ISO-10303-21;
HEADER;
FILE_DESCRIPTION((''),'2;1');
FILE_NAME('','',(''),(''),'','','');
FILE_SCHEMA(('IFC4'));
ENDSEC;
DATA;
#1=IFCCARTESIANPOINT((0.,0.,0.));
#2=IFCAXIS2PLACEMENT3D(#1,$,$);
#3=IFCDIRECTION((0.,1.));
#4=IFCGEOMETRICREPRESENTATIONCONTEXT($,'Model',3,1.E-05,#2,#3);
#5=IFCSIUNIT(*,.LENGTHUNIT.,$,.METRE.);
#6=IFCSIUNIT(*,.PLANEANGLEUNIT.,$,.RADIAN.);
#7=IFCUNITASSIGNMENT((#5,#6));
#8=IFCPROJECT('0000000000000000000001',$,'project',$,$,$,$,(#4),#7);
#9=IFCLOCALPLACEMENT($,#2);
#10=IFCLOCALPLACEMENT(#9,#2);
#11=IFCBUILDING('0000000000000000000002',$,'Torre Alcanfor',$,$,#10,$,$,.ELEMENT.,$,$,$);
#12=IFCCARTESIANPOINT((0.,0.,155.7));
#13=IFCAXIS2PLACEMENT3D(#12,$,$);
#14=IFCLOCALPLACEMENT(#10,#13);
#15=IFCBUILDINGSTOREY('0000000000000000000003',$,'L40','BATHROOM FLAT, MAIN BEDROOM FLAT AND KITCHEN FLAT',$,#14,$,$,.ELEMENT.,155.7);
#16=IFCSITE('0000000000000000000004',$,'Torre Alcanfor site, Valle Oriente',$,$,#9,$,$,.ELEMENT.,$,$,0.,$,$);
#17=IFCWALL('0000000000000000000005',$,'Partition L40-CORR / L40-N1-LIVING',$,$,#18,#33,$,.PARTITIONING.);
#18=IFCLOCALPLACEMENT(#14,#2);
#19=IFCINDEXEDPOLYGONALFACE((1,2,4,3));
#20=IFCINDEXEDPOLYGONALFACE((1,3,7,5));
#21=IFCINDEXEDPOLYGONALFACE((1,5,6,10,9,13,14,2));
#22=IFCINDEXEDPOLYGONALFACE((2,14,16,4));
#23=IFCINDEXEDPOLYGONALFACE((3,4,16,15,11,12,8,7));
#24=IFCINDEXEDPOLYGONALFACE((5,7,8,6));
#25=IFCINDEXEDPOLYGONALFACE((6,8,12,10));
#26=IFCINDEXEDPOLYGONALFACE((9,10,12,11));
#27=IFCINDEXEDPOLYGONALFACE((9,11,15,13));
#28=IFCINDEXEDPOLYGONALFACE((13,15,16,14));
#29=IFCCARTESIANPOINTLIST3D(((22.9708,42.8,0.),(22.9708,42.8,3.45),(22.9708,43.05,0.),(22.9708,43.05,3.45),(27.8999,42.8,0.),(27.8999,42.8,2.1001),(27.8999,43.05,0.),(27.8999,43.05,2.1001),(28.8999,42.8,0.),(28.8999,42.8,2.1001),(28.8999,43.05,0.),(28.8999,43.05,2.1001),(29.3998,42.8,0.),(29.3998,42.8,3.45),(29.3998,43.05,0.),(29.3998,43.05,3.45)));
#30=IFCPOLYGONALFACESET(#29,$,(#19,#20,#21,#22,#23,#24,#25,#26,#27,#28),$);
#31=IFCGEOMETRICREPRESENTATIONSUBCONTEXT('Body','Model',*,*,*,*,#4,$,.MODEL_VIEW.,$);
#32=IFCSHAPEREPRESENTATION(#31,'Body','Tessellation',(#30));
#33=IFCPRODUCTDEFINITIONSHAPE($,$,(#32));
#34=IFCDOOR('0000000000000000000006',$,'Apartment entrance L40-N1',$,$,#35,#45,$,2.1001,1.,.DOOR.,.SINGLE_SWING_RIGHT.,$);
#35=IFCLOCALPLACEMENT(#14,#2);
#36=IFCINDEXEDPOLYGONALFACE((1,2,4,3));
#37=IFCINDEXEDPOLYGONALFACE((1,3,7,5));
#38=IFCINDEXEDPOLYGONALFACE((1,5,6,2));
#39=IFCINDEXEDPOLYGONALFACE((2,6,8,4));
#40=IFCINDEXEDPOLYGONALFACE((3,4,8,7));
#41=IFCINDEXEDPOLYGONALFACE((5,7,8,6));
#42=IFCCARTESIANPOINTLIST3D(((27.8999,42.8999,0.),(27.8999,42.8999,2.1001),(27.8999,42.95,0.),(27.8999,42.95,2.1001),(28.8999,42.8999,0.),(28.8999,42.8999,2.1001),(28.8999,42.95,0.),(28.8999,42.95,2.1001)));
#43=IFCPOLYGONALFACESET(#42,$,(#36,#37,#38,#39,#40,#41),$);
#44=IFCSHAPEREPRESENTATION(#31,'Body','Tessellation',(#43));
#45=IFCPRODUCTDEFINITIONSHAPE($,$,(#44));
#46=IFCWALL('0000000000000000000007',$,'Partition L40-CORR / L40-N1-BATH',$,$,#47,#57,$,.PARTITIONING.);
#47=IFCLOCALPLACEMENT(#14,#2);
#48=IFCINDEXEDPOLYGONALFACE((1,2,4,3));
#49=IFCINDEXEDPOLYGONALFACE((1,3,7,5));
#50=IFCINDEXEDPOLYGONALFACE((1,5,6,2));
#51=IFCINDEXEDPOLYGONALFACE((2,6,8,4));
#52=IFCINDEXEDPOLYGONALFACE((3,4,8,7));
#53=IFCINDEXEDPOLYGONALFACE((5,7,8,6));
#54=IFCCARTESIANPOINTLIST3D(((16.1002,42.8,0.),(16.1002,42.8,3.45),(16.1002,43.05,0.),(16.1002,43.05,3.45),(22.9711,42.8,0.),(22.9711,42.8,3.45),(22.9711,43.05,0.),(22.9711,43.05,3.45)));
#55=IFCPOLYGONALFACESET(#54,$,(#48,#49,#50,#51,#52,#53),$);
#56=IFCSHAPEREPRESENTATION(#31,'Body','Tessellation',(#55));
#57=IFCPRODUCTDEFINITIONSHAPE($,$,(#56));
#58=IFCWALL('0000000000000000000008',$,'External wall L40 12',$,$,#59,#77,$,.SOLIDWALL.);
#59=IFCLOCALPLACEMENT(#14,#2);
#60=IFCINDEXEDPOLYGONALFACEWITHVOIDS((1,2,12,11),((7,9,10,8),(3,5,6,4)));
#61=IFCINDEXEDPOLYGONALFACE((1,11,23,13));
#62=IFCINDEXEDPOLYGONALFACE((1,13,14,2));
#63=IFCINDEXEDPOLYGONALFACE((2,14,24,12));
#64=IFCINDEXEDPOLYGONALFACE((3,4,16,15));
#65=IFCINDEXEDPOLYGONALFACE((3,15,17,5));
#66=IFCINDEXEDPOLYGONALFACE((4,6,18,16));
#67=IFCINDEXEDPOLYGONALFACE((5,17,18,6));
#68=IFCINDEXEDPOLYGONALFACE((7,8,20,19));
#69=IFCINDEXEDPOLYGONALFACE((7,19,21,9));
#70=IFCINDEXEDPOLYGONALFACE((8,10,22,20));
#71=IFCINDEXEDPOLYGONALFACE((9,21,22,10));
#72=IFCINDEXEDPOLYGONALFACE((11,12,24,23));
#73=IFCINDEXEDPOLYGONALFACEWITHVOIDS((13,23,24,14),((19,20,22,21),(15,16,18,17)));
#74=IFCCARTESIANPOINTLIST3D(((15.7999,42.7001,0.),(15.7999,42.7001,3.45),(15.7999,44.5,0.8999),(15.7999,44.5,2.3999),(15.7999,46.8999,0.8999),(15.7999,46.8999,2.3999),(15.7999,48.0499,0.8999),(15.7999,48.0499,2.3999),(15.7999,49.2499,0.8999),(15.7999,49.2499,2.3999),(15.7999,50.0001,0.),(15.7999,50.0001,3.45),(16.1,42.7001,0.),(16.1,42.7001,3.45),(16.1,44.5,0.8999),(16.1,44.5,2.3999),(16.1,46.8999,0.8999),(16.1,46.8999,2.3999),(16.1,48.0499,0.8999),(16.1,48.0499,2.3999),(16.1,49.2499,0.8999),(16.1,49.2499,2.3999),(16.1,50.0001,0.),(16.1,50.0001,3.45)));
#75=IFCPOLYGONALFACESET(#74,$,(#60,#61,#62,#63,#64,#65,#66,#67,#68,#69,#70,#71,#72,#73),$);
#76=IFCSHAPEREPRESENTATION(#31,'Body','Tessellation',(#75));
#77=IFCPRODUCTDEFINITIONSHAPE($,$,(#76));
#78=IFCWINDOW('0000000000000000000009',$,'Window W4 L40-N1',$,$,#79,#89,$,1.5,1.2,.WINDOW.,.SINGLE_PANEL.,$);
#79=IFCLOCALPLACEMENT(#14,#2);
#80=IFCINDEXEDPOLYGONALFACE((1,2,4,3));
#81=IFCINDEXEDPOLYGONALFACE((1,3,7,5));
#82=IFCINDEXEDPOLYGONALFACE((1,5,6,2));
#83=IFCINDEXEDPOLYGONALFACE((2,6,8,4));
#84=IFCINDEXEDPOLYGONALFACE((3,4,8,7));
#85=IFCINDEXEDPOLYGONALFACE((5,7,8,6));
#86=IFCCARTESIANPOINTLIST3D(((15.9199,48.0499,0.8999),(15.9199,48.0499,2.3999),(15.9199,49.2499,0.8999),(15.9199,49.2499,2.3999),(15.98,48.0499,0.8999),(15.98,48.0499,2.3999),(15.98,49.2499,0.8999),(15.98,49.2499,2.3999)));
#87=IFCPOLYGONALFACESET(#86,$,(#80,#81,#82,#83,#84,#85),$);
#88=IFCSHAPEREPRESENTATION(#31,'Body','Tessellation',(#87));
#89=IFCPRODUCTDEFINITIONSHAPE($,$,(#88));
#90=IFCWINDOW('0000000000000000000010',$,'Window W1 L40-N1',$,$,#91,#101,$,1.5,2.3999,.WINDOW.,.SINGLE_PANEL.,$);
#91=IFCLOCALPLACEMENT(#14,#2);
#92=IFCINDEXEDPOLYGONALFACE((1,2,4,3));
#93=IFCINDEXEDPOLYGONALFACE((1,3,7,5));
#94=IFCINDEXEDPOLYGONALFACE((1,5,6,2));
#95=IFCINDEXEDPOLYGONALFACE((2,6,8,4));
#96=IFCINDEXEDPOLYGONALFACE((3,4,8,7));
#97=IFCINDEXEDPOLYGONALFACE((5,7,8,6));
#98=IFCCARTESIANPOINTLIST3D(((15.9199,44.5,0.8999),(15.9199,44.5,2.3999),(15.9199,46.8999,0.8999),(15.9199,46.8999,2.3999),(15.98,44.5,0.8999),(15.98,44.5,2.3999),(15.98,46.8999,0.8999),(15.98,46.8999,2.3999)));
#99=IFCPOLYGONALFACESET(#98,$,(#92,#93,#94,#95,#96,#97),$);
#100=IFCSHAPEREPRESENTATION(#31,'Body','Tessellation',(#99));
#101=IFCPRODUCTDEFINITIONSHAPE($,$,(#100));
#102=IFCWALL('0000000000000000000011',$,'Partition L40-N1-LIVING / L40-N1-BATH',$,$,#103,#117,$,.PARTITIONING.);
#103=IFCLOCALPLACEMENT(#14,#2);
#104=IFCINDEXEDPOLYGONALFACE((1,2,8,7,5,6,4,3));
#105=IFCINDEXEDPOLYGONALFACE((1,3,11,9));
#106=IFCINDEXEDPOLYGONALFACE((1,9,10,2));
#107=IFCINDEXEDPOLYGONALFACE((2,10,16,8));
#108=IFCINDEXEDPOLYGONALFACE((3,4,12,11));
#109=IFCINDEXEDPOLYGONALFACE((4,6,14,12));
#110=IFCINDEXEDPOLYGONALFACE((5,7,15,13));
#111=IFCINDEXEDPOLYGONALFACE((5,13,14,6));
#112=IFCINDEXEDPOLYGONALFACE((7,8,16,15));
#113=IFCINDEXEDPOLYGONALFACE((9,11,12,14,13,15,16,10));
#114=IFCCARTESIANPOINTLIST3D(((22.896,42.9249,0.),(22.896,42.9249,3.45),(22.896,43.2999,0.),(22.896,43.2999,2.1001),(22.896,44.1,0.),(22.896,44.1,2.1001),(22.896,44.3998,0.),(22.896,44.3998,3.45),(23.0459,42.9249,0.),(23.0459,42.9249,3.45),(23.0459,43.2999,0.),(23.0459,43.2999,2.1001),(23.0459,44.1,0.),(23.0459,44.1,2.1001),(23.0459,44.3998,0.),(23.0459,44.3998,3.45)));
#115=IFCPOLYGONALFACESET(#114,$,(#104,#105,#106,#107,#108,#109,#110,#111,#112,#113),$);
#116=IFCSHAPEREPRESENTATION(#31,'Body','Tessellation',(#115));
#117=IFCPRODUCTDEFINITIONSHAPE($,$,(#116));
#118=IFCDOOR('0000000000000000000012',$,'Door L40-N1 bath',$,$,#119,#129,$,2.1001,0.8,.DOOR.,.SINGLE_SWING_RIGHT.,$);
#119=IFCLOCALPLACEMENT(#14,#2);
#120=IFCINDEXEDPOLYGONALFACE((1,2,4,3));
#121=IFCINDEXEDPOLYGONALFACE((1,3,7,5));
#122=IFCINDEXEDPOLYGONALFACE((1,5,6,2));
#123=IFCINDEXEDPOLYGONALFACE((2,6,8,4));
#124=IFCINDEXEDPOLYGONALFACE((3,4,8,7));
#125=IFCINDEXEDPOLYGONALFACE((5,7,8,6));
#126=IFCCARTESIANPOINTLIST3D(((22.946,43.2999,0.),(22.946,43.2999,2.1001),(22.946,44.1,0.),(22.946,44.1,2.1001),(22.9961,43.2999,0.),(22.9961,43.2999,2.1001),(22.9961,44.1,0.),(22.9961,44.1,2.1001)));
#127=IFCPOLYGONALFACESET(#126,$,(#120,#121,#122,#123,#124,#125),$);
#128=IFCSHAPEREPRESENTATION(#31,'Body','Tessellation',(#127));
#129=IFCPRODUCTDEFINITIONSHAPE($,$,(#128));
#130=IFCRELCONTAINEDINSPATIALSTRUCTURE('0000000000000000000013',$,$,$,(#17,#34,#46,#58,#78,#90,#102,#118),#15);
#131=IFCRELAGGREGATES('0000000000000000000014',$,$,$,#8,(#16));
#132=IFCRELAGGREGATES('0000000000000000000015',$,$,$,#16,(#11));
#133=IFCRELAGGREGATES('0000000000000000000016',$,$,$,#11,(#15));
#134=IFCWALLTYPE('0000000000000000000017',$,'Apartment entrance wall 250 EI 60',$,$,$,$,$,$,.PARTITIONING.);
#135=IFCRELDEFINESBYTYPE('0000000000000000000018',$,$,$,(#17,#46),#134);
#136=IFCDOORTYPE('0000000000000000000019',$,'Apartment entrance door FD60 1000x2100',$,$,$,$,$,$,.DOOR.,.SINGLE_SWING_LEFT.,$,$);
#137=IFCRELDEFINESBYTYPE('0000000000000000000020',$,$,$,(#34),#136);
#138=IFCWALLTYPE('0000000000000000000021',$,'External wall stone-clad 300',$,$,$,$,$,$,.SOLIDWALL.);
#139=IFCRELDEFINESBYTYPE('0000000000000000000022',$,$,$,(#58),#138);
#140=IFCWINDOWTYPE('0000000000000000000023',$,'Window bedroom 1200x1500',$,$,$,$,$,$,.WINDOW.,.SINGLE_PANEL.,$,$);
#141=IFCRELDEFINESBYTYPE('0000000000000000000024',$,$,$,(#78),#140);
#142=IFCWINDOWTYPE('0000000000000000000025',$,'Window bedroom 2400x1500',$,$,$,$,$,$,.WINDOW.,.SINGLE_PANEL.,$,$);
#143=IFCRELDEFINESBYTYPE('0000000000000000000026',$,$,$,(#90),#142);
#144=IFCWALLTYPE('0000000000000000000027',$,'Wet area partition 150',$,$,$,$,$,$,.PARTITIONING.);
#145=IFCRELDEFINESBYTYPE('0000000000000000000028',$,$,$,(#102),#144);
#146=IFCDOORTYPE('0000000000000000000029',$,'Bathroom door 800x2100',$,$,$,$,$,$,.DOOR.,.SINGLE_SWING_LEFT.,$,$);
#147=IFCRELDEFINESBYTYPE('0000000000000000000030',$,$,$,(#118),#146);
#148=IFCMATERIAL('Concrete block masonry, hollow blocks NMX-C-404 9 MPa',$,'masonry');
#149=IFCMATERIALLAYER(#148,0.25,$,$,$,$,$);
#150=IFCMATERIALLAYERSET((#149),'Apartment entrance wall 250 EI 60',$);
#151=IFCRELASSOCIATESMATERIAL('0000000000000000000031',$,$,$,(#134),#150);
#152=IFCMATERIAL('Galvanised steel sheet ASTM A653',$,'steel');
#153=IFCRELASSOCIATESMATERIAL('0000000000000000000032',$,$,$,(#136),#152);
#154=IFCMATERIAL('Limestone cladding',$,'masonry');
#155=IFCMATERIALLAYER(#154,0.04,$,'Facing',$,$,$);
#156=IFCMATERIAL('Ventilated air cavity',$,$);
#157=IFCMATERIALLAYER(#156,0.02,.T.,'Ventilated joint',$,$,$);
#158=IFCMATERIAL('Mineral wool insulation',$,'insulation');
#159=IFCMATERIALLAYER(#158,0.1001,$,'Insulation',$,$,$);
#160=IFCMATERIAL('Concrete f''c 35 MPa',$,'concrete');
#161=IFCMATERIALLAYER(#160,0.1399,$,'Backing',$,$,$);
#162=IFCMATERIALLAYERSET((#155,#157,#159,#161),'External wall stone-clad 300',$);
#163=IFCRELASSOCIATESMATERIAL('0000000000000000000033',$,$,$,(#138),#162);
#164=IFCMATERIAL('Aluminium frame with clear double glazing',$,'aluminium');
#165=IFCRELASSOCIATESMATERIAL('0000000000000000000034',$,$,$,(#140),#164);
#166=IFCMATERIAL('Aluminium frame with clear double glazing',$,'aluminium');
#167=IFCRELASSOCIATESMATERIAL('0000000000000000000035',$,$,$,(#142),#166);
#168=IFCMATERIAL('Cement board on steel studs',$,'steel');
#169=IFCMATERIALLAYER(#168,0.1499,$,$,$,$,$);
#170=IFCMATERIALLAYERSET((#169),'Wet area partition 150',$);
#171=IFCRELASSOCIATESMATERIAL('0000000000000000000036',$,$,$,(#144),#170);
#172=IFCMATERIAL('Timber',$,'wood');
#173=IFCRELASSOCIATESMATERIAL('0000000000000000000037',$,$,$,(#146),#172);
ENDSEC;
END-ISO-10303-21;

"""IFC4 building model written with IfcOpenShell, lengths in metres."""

from ifc_helpers import new_model, si_unit, direction, frame, frame_2d, origin, place, context, subcontext, project, spatial, rectangle, extrude, material, layer, layer_set, type_object, element, fill, save


model = new_model("IFC4")

# Units and contexts
model_context = context("Model", 3, precision=1e-05, world=origin(), true_north=direction((0.0, 1.0)))
body_context = subcontext(model_context, "Body", "Model", "MODEL_VIEW")
ifc_project = project(units=[si_unit("LENGTHUNIT", "METRE"), si_unit("PLANEANGLEUNIT", "RADIAN")], contexts=[model_context])

# Site, building, storey
site_placement = place(None, origin())
site = spatial("IfcSite", under=ifc_project, at=site_placement, Name="Torre Alcanfor site, Valle Oriente", CompositionType="ELEMENT", RefElevation=0.0)
building_placement = place(site_placement, origin())
building = spatial("IfcBuilding", under=site, at=building_placement, Name="Torre Alcanfor", CompositionType="ELEMENT")
storey_placement = place(building_placement, frame((0.0, 0.0, 155.7)))
storey = spatial("IfcBuildingStorey", under=building, at=storey_placement, Name="L40", Description="BATHROOM FLAT, MAIN BEDROOM FLAT AND KITCHEN FLAT", CompositionType="ELEMENT", Elevation=155.7)

# Wall, opening, door
ifc_material_1 = material(Name="Concrete block masonry, hollow blocks NMX-C-404 9 MPa", Category="masonry")
ifc_layer_1 = layer(ifc_material_1, 0.25)
ifc_layer_set_1 = layer_set([ifc_layer_1], Name="Apartment entrance wall 250 EI 60")
wall_type_1 = type_object("IfcWallType", Name="Apartment entrance wall 250 EI 60", PredefinedType="PARTITIONING", material=ifc_layer_set_1)
wall_1_placement = place(storey_placement, frame((22.9709, 42.925, 0.0), z_axis=(0.0, 0.0, 1.0), x_axis=(1.0, 0.0, 0.0)))
wall_1 = element("IfcWall", 1, at=wall_1_placement, inside=storey, type_object=wall_type_1, Name="Partition L40-CORR / L40-N1-LIVING", PredefinedType="PARTITIONING", context=body_context, shape_type="SweptSolid", body=[
    extrude(rectangle(XDim=6.429, YDim=0.25, at=frame_2d((3.2144, 0.0))), origin(), (0.0, 0.0, 1.0), 3.45),
])
opening_1_placement = place(wall_1_placement, frame((4.929, 0.0, 0.0)))
opening_1 = element("IfcOpeningElement", 2, at=opening_1_placement, cuts=wall_1, PredefinedType="OPENING", context=body_context, shape_type="SweptSolid", body=[
    extrude(rectangle(XDim=1.0, YDim=2.1001, at=frame_2d((0.5, 1.05))), frame((0.0, 0.135, 0.0), z_axis=(0.0, -1.0, 0.0), x_axis=(1.0, 0.0, 0.0)), (0.0, 0.0, 1.0), 0.27),
])
ifc_material_2 = material(Name="Galvanised steel sheet ASTM A653", Category="steel")
door_type_1 = type_object("IfcDoorType", Name="Apartment entrance door FD60 1000x2100", OperationType="SINGLE_SWING_LEFT", PredefinedType="DOOR", material=ifc_material_2)
door_1_placement = place(opening_1_placement, origin())
door_1 = element("IfcDoor", 3, at=door_1_placement, inside=storey, type_object=door_type_1, Name="Apartment entrance L40-N1", OperationType="SINGLE_SWING_RIGHT", OverallHeight=2.1001, OverallWidth=1.0, PredefinedType="DOOR", context=body_context, shape_type="SweptSolid", body=[
    extrude(rectangle(XDim=1.0, YDim=2.1001, at=frame_2d((0.5, 1.05))), frame((0.0, 0.0249, 0.0), z_axis=(0.0, -1.0, 0.0), x_axis=(1.0, 0.0, 0.0)), (0.0, 0.0, 1.0), 0.05),
])
fill(opening_1, door_1)

# Wall
wall_2_placement = place(storey_placement, frame((16.1001, 42.925, 0.0), z_axis=(0.0, 0.0, 1.0), x_axis=(1.0, 0.0, 0.0)))
element("IfcWall", 4, at=wall_2_placement, inside=storey, type_object=wall_type_1, Name="Partition L40-CORR / L40-N1-BATH", PredefinedType="PARTITIONING", context=body_context, shape_type="SweptSolid", body=[
    extrude(rectangle(XDim=6.8708, YDim=0.25, at=frame_2d((3.4355, 0.0))), origin(), (0.0, 0.0, 1.0), 3.45),
])

# Wall, openings, windows
ifc_material_3 = material(Name="Limestone cladding", Category="masonry")
ifc_layer_2 = layer(ifc_material_3, 0.04, Name="Facing")
ifc_material_4 = material(Name="Ventilated air cavity")
ifc_layer_3 = layer(ifc_material_4, 0.02, ventilated=True, Name="Ventilated joint")
ifc_material_5 = material(Name="Mineral wool insulation", Category="insulation")
ifc_layer_4 = layer(ifc_material_5, 0.1001, Name="Insulation")
ifc_material_6 = material(Name="Concrete f'c 35 MPa", Category="concrete")
ifc_layer_5 = layer(ifc_material_6, 0.1399, Name="Backing")
ifc_layer_set_2 = layer_set([ifc_layer_2, ifc_layer_3, ifc_layer_4, ifc_layer_5], Name="External wall stone-clad 300")
wall_type_2 = type_object("IfcWallType", Name="External wall stone-clad 300", PredefinedType="SOLIDWALL", material=ifc_layer_set_2)
wall_3_placement = place(storey_placement, frame((15.95, 50.0, 0.0), z_axis=(0.0, 0.0, 1.0), x_axis=(0.0, -1.0, 0.0)))
wall_3 = element("IfcWall", 5, at=wall_3_placement, inside=storey, type_object=wall_type_2, Name="External wall L40 12", PredefinedType="SOLIDWALL", context=body_context, shape_type="SweptSolid", body=[
    extrude(rectangle(XDim=7.3, YDim=0.3, at=frame_2d((3.6499, 0.0))), origin(), (0.0, 0.0, 1.0), 3.45),
])
opening_2_placement = place(wall_3_placement, frame((3.1001, 0.0, 0.8999)))
opening_2 = element("IfcOpeningElement", 6, at=opening_2_placement, cuts=wall_3, PredefinedType="OPENING", context=body_context, shape_type="SweptSolid", body=[
    extrude(rectangle(XDim=2.3999, YDim=1.5, at=frame_2d((1.2, 0.75))), frame((0.0, 0.1599, 0.0), z_axis=(0.0, -1.0, 0.0), x_axis=(1.0, 0.0, 0.0)), (0.0, 0.0, 1.0), 0.3201),
])
opening_3_placement = place(wall_3_placement, frame((0.75, 0.0, 0.8999)))
opening_3 = element("IfcOpeningElement", 7, at=opening_3_placement, cuts=wall_3, PredefinedType="OPENING", context=body_context, shape_type="SweptSolid", body=[
    extrude(rectangle(XDim=1.2, YDim=1.5, at=frame_2d((0.6001, 0.75))), frame((0.0, 0.1599, 0.0), z_axis=(0.0, -1.0, 0.0), x_axis=(1.0, 0.0, 0.0)), (0.0, 0.0, 1.0), 0.3201),
])
ifc_material_7 = material(Name="Aluminium frame with clear double glazing", Category="aluminium")
window_type_1 = type_object("IfcWindowType", Name="Window bedroom 1200x1500", PartitioningType="SINGLE_PANEL", PredefinedType="WINDOW", material=ifc_material_7)
window_1_placement = place(opening_3_placement, origin())
window_1 = element("IfcWindow", 8, at=window_1_placement, inside=storey, type_object=window_type_1, Name="Window W4 L40-N1", OverallHeight=1.5, OverallWidth=1.2, PartitioningType="SINGLE_PANEL", PredefinedType="WINDOW", context=body_context, shape_type="SweptSolid", body=[
    extrude(rectangle(XDim=1.2, YDim=1.5, at=frame_2d((0.6001, 0.75))), frame((0.0, 0.03, 0.0), z_axis=(0.0, -1.0, 0.0), x_axis=(1.0, 0.0, 0.0)), (0.0, 0.0, 1.0), 0.0601),
])
fill(opening_3, window_1)
ifc_material_8 = material(Name="Aluminium frame with clear double glazing", Category="aluminium")
window_type_2 = type_object("IfcWindowType", Name="Window bedroom 2400x1500", PartitioningType="SINGLE_PANEL", PredefinedType="WINDOW", material=ifc_material_8)
window_2_placement = place(opening_2_placement, origin())
window_2 = element("IfcWindow", 9, at=window_2_placement, inside=storey, type_object=window_type_2, Name="Window W1 L40-N1", OverallHeight=1.5, OverallWidth=2.3999, PartitioningType="SINGLE_PANEL", PredefinedType="WINDOW", context=body_context, shape_type="SweptSolid", body=[
    extrude(rectangle(XDim=2.3999, YDim=1.5, at=frame_2d((1.2, 0.75))), frame((0.0, 0.03, 0.0), z_axis=(0.0, -1.0, 0.0), x_axis=(1.0, 0.0, 0.0)), (0.0, 0.0, 1.0), 0.0601),
])
fill(opening_2, window_2)

# Wall, opening, door
ifc_material_9 = material(Name="Cement board on steel studs", Category="steel")
ifc_layer_6 = layer(ifc_material_9, 0.1499)
ifc_layer_set_3 = layer_set([ifc_layer_6], Name="Wet area partition 150")
wall_type_3 = type_object("IfcWallType", Name="Wet area partition 150", PredefinedType="PARTITIONING", material=ifc_layer_set_3)
wall_4_placement = place(storey_placement, frame((22.9709, 42.925, 0.0), z_axis=(0.0, 0.0, 1.0), x_axis=(0.0, 1.0, 0.0)))
wall_4 = element("IfcWall", 10, at=wall_4_placement, inside=storey, type_object=wall_type_3, Name="Partition L40-N1-LIVING / L40-N1-BATH", PredefinedType="PARTITIONING", context=body_context, shape_type="SweptSolid", body=[
    extrude(rectangle(XDim=1.4749, YDim=0.1499, at=frame_2d((0.7373, 0.0))), origin(), (0.0, 0.0, 1.0), 3.45),
])
opening_4_placement = place(wall_4_placement, frame((0.375, 0.0, 0.0)))
opening_4 = element("IfcOpeningElement", 11, at=opening_4_placement, cuts=wall_4, PredefinedType="OPENING", context=body_context, shape_type="SweptSolid", body=[
    extrude(rectangle(XDim=0.8, YDim=2.1001, at=frame_2d((0.3999, 1.05))), frame((0.0, 0.085, 0.0), z_axis=(0.0, -1.0, 0.0), x_axis=(1.0, 0.0, 0.0)), (0.0, 0.0, 1.0), 0.1699),
])
ifc_material_10 = material(Name="Timber", Category="wood")
door_type_2 = type_object("IfcDoorType", Name="Bathroom door 800x2100", OperationType="SINGLE_SWING_LEFT", PredefinedType="DOOR", material=ifc_material_10)
door_2_placement = place(opening_4_placement, origin())
door_2 = element("IfcDoor", 12, at=door_2_placement, inside=storey, type_object=door_type_2, Name="Door L40-N1 bath", OperationType="SINGLE_SWING_RIGHT", OverallHeight=2.1001, OverallWidth=0.8, PredefinedType="DOOR", context=body_context, shape_type="SweptSolid", body=[
    extrude(rectangle(XDim=0.8, YDim=2.1001, at=frame_2d((0.3999, 1.05))), frame((0.0, 0.0249, 0.0), z_axis=(0.0, -1.0, 0.0), x_axis=(1.0, 0.0, 0.0)), (0.0, 0.0, 1.0), 0.05),
])
fill(opening_4, door_2)

save(model, "model.ifc")
